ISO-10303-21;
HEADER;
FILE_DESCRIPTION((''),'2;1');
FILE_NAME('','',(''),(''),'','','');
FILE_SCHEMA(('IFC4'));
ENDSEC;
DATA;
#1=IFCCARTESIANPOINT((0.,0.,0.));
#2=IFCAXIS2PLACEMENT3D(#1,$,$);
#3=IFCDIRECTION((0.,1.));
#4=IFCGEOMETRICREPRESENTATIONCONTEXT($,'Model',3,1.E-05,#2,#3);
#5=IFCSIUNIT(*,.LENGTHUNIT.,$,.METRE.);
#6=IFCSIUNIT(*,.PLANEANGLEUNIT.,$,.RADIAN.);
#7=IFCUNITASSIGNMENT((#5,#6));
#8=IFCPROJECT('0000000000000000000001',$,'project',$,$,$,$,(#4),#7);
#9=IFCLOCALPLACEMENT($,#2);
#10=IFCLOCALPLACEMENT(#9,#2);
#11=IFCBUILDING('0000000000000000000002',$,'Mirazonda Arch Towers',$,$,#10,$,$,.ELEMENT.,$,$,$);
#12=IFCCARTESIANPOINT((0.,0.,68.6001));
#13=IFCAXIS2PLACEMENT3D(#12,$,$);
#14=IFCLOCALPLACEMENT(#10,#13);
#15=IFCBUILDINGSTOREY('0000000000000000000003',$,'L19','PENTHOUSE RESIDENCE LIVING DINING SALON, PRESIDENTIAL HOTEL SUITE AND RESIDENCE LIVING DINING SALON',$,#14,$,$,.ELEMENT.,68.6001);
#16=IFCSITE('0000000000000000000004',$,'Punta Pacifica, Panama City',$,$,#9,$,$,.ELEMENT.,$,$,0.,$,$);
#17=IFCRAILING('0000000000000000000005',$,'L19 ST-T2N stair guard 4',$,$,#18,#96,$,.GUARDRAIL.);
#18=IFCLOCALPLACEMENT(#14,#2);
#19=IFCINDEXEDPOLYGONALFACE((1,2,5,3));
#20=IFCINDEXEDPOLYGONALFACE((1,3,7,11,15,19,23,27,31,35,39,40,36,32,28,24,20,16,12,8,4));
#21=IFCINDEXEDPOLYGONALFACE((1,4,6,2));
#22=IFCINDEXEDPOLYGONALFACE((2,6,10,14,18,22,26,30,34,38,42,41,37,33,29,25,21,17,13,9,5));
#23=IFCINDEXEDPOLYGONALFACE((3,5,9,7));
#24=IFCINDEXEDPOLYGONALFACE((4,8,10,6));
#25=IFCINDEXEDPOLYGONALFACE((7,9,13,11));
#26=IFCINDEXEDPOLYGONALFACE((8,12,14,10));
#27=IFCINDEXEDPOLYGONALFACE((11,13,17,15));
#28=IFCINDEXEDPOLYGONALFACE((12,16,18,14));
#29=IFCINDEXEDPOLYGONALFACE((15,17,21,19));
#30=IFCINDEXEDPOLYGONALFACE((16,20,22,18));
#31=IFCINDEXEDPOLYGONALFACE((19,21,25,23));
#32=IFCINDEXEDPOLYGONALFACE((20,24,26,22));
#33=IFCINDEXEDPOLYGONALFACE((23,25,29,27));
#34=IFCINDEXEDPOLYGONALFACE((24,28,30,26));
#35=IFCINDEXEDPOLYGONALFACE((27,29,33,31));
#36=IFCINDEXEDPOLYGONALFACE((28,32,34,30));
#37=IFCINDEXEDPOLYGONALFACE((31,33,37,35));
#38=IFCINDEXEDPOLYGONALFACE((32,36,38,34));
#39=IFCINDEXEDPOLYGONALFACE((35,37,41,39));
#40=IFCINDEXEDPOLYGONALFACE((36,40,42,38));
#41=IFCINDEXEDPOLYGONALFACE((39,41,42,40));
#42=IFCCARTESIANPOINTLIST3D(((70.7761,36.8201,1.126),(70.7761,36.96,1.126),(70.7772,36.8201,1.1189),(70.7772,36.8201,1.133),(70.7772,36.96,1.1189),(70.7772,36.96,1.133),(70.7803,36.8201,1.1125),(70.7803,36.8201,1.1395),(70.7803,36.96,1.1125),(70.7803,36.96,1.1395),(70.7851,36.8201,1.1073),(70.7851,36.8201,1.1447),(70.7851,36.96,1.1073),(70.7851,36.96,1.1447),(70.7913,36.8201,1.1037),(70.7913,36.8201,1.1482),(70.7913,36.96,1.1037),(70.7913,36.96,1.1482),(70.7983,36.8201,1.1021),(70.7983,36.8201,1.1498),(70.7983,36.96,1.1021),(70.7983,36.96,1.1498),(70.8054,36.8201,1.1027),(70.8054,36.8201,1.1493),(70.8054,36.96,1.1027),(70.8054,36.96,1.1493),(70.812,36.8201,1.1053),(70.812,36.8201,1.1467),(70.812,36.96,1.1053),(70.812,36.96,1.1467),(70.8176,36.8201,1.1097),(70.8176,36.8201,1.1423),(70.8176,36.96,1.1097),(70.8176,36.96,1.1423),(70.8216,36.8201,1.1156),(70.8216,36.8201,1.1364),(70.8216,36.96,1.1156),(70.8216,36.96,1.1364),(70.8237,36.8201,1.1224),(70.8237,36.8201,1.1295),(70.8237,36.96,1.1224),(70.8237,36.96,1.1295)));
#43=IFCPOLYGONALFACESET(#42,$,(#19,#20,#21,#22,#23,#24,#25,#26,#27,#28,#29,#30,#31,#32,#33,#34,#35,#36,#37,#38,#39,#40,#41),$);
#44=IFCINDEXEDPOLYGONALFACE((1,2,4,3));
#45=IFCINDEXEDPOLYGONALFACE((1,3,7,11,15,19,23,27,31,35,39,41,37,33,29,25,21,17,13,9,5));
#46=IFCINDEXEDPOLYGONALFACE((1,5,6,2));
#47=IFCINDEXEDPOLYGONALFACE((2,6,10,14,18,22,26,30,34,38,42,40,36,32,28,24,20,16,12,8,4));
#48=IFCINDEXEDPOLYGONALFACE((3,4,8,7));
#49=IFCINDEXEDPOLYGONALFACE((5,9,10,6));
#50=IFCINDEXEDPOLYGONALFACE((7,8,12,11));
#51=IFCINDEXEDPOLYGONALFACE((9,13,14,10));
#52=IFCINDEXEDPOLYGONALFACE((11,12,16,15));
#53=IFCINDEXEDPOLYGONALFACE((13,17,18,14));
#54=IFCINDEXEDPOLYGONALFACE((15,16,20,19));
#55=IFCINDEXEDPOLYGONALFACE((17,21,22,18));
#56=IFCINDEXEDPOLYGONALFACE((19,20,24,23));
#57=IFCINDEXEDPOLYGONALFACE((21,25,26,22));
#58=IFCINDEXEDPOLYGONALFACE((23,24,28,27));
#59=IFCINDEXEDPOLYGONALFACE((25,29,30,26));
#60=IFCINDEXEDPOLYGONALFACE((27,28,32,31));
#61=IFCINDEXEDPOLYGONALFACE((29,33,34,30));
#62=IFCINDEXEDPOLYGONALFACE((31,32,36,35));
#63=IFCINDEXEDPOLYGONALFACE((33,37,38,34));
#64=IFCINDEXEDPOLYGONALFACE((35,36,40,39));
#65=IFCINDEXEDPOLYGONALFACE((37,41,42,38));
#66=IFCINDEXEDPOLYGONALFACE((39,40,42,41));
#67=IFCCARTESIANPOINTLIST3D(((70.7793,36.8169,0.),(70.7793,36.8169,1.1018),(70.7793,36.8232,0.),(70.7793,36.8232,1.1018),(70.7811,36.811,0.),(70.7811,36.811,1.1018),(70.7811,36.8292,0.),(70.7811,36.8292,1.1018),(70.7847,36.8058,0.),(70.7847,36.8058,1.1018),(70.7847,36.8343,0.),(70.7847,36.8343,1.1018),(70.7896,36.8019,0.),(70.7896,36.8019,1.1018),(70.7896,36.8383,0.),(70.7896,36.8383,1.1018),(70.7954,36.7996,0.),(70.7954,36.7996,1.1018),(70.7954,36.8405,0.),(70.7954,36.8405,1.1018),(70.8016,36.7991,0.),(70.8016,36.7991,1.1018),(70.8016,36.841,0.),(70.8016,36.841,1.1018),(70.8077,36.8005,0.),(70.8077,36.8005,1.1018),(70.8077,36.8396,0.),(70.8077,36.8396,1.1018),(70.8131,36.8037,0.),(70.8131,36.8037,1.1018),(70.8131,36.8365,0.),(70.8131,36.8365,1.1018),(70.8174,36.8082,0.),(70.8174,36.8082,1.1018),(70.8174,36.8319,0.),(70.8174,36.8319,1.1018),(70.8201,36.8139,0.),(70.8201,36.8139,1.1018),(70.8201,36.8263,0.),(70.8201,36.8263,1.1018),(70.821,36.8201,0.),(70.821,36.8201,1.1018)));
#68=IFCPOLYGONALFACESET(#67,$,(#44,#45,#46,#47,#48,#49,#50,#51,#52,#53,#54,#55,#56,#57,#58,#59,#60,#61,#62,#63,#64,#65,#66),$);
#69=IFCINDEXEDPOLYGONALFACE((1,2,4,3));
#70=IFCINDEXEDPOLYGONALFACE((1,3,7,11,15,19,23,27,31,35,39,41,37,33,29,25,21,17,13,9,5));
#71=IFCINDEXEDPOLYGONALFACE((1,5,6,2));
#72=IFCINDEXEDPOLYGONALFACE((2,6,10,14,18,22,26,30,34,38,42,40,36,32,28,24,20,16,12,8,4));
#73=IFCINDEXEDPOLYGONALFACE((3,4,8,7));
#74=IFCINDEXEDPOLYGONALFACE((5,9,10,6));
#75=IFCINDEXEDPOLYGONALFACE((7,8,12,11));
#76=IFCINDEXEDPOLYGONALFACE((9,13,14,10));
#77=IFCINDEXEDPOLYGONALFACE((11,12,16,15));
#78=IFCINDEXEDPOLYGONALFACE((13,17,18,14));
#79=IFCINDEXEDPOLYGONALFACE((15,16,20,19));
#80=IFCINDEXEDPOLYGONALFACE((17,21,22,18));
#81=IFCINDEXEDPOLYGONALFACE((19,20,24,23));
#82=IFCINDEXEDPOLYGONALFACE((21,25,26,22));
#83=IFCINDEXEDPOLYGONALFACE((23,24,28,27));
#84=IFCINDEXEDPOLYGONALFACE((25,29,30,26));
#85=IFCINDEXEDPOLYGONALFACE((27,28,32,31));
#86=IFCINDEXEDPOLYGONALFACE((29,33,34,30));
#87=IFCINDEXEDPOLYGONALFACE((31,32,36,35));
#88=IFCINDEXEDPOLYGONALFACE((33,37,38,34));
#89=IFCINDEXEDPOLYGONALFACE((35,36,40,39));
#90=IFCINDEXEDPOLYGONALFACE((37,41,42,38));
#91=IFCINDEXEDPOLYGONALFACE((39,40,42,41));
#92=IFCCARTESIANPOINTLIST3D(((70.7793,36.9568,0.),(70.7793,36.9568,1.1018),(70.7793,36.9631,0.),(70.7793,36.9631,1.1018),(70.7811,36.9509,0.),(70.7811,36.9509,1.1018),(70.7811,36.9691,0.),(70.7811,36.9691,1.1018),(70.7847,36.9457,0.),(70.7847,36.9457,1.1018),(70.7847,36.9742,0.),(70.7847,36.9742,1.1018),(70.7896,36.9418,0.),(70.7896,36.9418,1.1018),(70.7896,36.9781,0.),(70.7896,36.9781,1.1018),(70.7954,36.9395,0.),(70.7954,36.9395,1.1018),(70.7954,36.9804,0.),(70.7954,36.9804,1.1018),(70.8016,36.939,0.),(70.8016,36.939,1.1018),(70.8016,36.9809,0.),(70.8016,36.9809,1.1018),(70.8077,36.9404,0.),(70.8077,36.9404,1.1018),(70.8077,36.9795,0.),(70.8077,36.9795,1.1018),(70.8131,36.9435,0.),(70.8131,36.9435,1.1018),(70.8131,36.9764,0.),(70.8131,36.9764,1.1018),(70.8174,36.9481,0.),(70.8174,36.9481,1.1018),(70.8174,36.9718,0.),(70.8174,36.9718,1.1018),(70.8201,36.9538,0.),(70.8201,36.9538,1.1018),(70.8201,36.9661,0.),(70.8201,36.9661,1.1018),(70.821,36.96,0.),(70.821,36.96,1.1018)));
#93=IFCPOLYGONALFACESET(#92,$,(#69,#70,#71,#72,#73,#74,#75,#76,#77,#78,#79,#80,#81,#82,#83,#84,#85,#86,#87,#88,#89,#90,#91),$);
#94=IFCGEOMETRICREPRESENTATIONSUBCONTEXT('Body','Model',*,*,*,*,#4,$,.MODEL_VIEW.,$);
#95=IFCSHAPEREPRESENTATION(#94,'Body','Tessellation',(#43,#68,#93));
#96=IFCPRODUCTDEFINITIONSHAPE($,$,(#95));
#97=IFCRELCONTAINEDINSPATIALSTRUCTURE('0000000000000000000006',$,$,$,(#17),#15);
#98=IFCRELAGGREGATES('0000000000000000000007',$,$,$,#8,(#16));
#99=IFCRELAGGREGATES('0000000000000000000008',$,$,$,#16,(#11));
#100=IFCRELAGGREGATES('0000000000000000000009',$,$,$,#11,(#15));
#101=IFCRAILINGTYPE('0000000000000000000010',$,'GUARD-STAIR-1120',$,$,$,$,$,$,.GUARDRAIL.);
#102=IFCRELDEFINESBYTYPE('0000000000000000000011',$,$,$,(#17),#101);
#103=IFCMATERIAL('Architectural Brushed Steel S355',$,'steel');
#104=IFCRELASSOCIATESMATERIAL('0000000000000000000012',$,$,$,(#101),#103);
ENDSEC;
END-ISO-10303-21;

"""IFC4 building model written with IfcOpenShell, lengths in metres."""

from ifc_helpers import new_model, si_unit, direction, frame, origin, origin_2d, place, context, subcontext, project, spatial, circle, extrude, material, type_object, element, save


model = new_model("IFC4")

# Units and contexts
model_context = context("Model", 3, precision=1e-05, world=origin(), true_north=direction((0.0, 1.0)))
body_context = subcontext(model_context, "Body", "Model", "MODEL_VIEW")
ifc_project = project(units=[si_unit("LENGTHUNIT", "METRE"), si_unit("PLANEANGLEUNIT", "RADIAN")], contexts=[model_context])

# Site, building, storey
site_placement = place(None, origin())
site = spatial("IfcSite", under=ifc_project, at=site_placement, Name="Punta Pacifica, Panama City", CompositionType="ELEMENT", RefElevation=0.0)
building_placement = place(site_placement, origin())
building = spatial("IfcBuilding", under=site, at=building_placement, Name="Mirazonda Arch Towers", CompositionType="ELEMENT")
storey_placement = place(building_placement, frame((0.0, 0.0, 68.6001)))
storey = spatial("IfcBuildingStorey", under=building, at=storey_placement, Name="L19", Description="PENTHOUSE RESIDENCE LIVING DINING SALON, PRESIDENTIAL HOTEL SUITE AND RESIDENCE LIVING DINING SALON", CompositionType="ELEMENT", Elevation=68.6001)

# Railing
ifc_material_1 = material(Name="Architectural Brushed Steel S355", Category="steel")
railing_type = type_object("IfcRailingType", Name="GUARD-STAIR-1120", PredefinedType="GUARDRAIL", material=ifc_material_1)
railing_1_placement = place(storey_placement, frame((70.8, 36.8201, 0.0)))
element("IfcRailing", 1, at=railing_1_placement, inside=storey, type_object=railing_type, Name="L19 ST-T2N stair guard 4", PredefinedType="GUARDRAIL", context=body_context, shape_type="SweptSolid", body=[
    extrude(circle(Radius=0.0239, at=origin_2d()), frame((0.0, 0.0, 1.126), z_axis=(0.0, 1.0, 0.0), x_axis=(-1.0, 0.0, 0.0)), (0.0, 0.0, 1.0), 0.1399),
    extrude(circle(Radius=0.021, at=origin_2d()), origin(), (0.0, 0.0, 1.0), 1.1018),
    extrude(circle(Radius=0.021, at=origin_2d()), frame((0.0, 0.1399, 0.0)), (0.0, 0.0, 1.0), 1.1018),
])

save(model, "model.ifc")
